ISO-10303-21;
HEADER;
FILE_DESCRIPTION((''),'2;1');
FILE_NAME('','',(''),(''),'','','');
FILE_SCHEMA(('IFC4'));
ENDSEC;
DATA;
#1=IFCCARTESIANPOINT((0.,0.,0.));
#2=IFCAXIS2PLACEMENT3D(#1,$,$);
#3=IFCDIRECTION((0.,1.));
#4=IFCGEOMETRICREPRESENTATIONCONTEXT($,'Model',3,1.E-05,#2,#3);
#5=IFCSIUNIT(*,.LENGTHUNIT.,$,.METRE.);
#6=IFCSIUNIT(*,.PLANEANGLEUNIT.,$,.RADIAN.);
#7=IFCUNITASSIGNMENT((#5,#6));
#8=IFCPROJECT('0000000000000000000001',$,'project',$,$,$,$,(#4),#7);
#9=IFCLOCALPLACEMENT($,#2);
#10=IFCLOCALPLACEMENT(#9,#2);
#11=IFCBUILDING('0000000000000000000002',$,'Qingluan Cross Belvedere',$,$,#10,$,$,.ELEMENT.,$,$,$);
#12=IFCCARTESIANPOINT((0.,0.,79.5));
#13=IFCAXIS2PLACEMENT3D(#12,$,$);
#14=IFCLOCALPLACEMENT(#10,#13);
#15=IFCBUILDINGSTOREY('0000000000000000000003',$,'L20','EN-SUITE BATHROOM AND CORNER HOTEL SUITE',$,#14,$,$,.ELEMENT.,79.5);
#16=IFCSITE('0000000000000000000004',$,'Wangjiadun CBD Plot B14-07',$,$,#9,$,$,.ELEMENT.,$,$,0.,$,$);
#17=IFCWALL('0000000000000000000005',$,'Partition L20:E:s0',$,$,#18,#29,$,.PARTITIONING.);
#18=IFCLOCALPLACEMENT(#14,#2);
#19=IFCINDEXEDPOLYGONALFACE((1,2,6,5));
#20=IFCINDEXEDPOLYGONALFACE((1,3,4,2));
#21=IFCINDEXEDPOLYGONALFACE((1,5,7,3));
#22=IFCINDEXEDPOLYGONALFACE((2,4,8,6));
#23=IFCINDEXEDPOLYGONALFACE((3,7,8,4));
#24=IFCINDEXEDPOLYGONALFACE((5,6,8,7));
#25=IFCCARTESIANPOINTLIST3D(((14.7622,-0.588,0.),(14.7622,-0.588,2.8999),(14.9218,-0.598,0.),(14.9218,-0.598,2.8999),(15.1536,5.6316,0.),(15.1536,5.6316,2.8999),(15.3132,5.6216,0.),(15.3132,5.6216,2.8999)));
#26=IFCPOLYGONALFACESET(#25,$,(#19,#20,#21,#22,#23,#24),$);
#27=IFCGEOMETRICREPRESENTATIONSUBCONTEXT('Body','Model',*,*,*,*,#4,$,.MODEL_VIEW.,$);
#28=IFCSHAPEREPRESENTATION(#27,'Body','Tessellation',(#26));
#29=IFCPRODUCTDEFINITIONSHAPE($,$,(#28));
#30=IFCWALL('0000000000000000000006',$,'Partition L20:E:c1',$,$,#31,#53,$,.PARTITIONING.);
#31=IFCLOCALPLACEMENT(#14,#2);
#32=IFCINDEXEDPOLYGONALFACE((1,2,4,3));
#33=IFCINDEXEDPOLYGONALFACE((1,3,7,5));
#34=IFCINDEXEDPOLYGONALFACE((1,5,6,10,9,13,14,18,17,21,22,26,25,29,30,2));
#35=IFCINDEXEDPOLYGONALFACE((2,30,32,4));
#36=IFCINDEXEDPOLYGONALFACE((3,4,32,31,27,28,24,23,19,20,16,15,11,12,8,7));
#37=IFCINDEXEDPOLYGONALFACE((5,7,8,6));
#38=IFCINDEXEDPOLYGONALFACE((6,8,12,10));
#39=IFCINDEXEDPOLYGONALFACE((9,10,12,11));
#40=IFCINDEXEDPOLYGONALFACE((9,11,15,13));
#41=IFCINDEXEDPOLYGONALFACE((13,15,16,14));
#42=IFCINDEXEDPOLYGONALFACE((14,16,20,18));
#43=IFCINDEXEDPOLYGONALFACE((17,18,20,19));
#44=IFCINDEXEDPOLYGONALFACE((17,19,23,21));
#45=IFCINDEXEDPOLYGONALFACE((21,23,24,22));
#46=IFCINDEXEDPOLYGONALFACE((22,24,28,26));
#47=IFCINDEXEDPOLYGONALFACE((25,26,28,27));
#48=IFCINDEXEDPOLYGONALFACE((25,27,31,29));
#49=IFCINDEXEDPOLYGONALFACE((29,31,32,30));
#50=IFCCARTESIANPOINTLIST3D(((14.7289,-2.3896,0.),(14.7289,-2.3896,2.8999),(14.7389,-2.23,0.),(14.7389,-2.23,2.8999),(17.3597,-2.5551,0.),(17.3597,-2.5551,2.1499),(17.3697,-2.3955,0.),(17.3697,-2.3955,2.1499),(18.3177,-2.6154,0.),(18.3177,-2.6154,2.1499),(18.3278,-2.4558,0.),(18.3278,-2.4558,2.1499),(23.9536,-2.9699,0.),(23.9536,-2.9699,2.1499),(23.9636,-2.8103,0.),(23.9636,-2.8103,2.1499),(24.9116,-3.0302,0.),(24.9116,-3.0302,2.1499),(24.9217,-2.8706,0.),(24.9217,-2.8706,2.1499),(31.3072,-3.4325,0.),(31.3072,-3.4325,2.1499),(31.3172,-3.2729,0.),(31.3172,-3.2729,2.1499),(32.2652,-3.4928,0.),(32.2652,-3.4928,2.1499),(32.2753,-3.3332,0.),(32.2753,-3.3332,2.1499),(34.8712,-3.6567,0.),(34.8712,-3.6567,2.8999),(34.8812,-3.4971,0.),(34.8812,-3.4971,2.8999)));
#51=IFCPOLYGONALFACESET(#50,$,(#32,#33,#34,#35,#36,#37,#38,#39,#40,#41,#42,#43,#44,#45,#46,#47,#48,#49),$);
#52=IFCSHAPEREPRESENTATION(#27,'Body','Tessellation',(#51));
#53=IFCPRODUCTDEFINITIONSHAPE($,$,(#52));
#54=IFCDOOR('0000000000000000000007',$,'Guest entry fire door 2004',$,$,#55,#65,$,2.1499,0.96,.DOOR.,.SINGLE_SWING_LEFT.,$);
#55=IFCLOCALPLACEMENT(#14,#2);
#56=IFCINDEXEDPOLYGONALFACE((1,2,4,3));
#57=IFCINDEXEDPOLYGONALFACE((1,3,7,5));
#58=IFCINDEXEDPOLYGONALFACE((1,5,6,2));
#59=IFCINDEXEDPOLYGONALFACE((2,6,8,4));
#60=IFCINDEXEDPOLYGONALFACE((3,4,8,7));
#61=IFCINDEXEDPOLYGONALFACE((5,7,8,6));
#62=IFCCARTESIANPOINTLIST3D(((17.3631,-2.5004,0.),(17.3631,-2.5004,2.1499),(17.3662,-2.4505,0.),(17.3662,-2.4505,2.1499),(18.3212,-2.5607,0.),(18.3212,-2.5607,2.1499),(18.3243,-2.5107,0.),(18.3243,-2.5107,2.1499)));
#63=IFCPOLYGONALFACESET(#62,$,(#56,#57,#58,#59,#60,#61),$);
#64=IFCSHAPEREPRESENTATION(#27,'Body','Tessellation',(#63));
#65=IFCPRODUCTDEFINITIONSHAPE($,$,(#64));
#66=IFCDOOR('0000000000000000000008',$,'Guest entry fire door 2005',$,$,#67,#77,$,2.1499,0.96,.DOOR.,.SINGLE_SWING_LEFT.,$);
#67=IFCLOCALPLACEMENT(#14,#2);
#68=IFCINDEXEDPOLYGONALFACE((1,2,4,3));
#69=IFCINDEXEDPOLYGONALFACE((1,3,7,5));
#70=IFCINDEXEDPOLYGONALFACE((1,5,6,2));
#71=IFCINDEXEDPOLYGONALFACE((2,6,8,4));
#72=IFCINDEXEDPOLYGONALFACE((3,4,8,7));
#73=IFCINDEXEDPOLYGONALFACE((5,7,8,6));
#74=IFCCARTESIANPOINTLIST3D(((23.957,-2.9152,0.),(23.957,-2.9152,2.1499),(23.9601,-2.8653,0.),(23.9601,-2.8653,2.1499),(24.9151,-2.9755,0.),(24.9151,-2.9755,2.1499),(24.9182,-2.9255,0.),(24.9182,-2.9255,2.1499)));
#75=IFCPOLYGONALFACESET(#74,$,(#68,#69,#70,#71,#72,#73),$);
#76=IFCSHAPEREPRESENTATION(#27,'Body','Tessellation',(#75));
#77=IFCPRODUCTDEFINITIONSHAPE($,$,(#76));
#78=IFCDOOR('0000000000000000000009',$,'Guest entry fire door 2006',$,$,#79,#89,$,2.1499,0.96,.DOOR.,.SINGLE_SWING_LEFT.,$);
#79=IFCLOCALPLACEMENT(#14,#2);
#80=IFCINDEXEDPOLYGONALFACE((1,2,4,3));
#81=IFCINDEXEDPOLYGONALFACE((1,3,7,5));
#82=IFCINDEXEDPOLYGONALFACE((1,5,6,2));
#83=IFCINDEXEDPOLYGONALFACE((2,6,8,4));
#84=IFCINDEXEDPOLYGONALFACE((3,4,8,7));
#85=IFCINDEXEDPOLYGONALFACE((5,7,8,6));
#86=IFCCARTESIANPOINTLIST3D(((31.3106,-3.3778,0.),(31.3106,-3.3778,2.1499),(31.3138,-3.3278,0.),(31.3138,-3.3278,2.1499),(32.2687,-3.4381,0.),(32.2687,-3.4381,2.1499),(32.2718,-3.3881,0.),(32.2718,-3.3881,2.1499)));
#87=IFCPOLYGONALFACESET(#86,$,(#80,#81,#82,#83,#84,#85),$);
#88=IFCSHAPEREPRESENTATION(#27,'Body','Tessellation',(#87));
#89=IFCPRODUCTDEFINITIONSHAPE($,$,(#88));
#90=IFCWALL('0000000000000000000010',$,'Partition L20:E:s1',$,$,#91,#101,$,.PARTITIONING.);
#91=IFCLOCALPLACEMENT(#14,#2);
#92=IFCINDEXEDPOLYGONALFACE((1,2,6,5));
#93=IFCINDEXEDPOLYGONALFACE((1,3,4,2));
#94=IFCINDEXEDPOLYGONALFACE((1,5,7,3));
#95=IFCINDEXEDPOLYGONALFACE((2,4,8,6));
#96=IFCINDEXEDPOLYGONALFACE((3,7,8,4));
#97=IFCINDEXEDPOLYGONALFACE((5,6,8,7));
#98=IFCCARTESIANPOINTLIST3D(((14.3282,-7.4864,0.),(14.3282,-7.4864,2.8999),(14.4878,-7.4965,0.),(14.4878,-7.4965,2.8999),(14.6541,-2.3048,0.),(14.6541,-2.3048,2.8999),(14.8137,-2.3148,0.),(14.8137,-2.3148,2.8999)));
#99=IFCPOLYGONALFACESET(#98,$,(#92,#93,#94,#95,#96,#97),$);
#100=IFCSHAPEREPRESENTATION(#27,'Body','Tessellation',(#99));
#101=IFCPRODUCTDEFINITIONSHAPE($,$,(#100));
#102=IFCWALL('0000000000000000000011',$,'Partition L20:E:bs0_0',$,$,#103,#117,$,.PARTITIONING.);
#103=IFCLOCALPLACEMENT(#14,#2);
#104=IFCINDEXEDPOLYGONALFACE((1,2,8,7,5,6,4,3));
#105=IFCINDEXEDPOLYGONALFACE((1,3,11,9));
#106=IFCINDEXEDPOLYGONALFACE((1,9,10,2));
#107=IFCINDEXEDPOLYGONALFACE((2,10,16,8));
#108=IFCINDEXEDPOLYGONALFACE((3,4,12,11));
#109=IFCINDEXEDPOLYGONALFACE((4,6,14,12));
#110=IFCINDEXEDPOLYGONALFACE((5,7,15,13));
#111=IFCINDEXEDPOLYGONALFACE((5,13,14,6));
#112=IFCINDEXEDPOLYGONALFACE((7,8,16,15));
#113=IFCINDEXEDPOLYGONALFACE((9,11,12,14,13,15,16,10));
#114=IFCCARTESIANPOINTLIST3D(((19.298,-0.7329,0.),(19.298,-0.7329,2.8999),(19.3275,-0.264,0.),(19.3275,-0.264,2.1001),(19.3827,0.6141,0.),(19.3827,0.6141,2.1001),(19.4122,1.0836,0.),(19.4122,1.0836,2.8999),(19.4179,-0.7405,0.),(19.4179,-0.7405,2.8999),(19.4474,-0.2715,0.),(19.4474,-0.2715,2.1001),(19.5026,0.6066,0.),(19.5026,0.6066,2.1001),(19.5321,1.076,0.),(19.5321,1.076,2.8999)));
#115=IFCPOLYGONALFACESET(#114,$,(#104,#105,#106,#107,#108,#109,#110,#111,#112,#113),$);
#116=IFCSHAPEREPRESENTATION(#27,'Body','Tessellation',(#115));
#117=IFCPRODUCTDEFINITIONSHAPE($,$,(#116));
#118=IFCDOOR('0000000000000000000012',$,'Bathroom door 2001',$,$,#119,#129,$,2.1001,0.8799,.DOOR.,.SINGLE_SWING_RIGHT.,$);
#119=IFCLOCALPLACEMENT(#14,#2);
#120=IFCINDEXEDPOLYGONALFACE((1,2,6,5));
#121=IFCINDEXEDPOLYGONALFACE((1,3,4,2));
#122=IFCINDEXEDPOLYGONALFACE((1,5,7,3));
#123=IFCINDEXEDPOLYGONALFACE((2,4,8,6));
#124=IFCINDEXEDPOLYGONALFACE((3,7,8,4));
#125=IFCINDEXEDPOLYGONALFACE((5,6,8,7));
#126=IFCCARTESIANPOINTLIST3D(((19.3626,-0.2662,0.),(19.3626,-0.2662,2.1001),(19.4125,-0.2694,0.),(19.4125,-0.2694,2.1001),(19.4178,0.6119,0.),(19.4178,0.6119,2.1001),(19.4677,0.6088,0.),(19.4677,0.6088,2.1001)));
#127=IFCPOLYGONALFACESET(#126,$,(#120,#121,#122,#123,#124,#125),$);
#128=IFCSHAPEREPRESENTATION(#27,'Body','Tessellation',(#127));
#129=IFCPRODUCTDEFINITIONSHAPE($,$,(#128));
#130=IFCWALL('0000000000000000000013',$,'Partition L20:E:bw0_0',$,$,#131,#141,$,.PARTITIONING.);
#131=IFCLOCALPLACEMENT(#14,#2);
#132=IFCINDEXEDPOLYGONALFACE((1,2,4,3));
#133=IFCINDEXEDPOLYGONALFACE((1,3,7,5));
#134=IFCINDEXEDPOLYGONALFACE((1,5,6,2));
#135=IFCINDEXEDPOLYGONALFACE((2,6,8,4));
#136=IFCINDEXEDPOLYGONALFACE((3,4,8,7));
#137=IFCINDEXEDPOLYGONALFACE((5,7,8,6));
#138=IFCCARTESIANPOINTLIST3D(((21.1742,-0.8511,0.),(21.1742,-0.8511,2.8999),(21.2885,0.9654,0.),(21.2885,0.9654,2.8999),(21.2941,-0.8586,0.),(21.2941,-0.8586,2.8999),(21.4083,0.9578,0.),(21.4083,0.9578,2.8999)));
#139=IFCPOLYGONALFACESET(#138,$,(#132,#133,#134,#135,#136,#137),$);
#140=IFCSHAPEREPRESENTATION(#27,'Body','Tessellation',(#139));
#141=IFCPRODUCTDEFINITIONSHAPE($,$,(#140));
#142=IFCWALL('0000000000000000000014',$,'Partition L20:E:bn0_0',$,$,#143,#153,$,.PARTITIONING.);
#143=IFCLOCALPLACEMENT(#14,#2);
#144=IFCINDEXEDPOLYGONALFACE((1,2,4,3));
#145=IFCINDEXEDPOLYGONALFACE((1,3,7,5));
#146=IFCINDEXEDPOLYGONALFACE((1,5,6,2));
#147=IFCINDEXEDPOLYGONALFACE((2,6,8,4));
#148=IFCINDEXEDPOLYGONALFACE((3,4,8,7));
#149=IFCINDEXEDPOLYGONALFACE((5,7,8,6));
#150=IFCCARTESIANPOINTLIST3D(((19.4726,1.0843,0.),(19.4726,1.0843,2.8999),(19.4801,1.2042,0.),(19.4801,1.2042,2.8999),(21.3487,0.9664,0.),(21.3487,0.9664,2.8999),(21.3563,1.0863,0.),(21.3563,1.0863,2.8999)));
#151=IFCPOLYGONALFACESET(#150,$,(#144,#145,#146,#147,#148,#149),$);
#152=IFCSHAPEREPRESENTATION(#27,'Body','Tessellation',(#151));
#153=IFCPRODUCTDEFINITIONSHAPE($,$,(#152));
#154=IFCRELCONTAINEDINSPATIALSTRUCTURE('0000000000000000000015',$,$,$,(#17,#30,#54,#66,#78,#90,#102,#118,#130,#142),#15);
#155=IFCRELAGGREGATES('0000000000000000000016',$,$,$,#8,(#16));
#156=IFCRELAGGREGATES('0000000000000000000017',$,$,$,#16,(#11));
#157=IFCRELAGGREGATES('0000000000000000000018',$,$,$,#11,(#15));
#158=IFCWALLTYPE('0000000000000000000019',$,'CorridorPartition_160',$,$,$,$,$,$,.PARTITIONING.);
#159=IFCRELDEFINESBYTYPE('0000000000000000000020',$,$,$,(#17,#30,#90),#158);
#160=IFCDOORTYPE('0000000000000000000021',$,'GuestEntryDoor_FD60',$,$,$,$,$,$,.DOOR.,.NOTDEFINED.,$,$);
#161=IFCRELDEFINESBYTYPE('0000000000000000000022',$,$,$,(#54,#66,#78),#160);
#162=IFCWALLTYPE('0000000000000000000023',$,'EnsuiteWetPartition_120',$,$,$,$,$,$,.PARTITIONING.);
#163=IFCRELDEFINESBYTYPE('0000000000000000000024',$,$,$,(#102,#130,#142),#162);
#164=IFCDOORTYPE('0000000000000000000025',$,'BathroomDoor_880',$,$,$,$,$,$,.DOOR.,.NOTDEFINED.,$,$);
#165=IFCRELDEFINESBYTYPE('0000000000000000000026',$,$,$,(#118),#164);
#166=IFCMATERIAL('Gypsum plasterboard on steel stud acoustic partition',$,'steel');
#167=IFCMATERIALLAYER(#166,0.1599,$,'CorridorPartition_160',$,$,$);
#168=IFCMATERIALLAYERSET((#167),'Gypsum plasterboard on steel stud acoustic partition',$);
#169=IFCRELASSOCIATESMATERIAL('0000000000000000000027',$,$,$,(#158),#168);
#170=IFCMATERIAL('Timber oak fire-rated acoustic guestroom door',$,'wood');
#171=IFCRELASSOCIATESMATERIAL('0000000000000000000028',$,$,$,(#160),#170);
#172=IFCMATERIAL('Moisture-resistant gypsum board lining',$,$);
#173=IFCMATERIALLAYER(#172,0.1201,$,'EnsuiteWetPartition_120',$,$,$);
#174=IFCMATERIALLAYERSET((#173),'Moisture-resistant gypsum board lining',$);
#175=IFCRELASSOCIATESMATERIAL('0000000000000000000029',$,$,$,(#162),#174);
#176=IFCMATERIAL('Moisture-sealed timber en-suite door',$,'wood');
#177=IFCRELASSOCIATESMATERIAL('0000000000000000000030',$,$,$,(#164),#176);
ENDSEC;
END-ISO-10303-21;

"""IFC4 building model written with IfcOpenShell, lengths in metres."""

from ifc_helpers import new_model, si_unit, direction, frame, frame_2d, origin, place, context, subcontext, project, spatial, rectangle, extrude, material, layer, layer_set, type_object, element, fill, save


model = new_model("IFC4")

# Units and contexts
model_context = context("Model", 3, precision=1e-05, world=origin(), true_north=direction((0.0, 1.0)))
body_context = subcontext(model_context, "Body", "Model", "MODEL_VIEW")
ifc_project = project(units=[si_unit("LENGTHUNIT", "METRE"), si_unit("PLANEANGLEUNIT", "RADIAN")], contexts=[model_context])

# Site, building, storey
site_placement = place(None, origin())
site = spatial("IfcSite", under=ifc_project, at=site_placement, Name="Wangjiadun CBD Plot B14-07", CompositionType="ELEMENT", RefElevation=0.0)
building_placement = place(site_placement, origin())
building = spatial("IfcBuilding", under=site, at=building_placement, Name="Qingluan Cross Belvedere", CompositionType="ELEMENT")
storey_placement = place(building_placement, frame((0.0, 0.0, 79.5)))
storey = spatial("IfcBuildingStorey", under=building, at=storey_placement, Name="L20", Description="EN-SUITE BATHROOM AND CORNER HOTEL SUITE", CompositionType="ELEMENT", Elevation=79.5)

# Shared definitions
ifc_material_1 = material(Name="Gypsum plasterboard on steel stud acoustic partition", Category="steel")
ifc_layer_1 = layer(ifc_material_1, 0.1599, Name="CorridorPartition_160")
ifc_layer_set_1 = layer_set([ifc_layer_1], Name="Gypsum plasterboard on steel stud acoustic partition")
wall_type_1 = type_object("IfcWallType", Name="CorridorPartition_160", PredefinedType="PARTITIONING", material=ifc_layer_set_1)
ifc_material_2 = material(Name="Timber oak fire-rated acoustic guestroom door", Category="wood")
door_type_1 = type_object("IfcDoorType", Name="GuestEntryDoor_FD60", OperationType="NOTDEFINED", PredefinedType="DOOR", material=ifc_material_2)

# Wall
wall_1_placement = place(storey_placement, frame((14.842, -0.593, 0.0), z_axis=(0.0, 0.0, 1.0), x_axis=(0.062798, 0.998026, 0.0)))
element("IfcWall", 1, at=wall_1_placement, inside=storey, type_object=wall_type_1, Name="Partition L20:E:s0", PredefinedType="PARTITIONING", context=body_context, shape_type="SweptSolid", body=[
    extrude(rectangle(XDim=6.2319, YDim=0.1599, at=frame_2d((3.116, 0.0))), origin(), (0.0, 0.0, 1.0), 2.8999),
])

# Wall, openings, doors
wall_2_placement = place(storey_placement, frame((14.7339, -2.3098, 0.0), z_axis=(0.0, 0.0, 1.0), x_axis=(0.998027, -0.062783, 0.0)))
wall_2 = element("IfcWall", 2, at=wall_2_placement, inside=storey, type_object=wall_type_1, Name="Partition L20:E:c1", PredefinedType="PARTITIONING", context=body_context, shape_type="SweptSolid", body=[
    extrude(rectangle(XDim=20.1821, YDim=0.1599, at=frame_2d((10.0911, 0.0))), origin(), (0.0, 0.0, 1.0), 2.8999),
])
opening_1_placement = place(wall_2_placement, frame((2.636, 0.0, 0.0)))
opening_1 = element("IfcOpeningElement", 3, at=opening_1_placement, cuts=wall_2, PredefinedType="OPENING", context=body_context, shape_type="SweptSolid", body=[
    extrude(rectangle(XDim=0.96, YDim=2.1499, at=frame_2d((0.48, 1.075))), frame((0.0, 0.0898, 0.0), z_axis=(0.0, -1.0, 0.0), x_axis=(1.0, 0.0, 0.0)), (0.0, 0.0, 1.0), 0.1799),
])
opening_2_placement = place(wall_2_placement, frame((9.2429, 0.0, 0.0)))
opening_2 = element("IfcOpeningElement", 4, at=opening_2_placement, cuts=wall_2, PredefinedType="OPENING", context=body_context, shape_type="SweptSolid", body=[
    extrude(rectangle(XDim=0.96, YDim=2.1499, at=frame_2d((0.48, 1.075))), frame((0.0, 0.0898, 0.0), z_axis=(0.0, -1.0, 0.0), x_axis=(1.0, 0.0, 0.0)), (0.0, 0.0, 1.0), 0.1799),
])
opening_3_placement = place(wall_2_placement, frame((16.6111, 0.0, 0.0)))
opening_3 = element("IfcOpeningElement", 5, at=opening_3_placement, cuts=wall_2, PredefinedType="OPENING", context=body_context, shape_type="SweptSolid", body=[
    extrude(rectangle(XDim=0.96, YDim=2.1499, at=frame_2d((0.48, 1.075))), frame((0.0, 0.0898, 0.0), z_axis=(0.0, -1.0, 0.0), x_axis=(1.0, 0.0, 0.0)), (0.0, 0.0, 1.0), 0.1799),
])
door_1_placement = place(opening_1_placement, origin())
door_1 = element("IfcDoor", 6, at=door_1_placement, inside=storey, type_object=door_type_1, Name="Guest entry fire door 2004", OperationType="SINGLE_SWING_LEFT", OverallHeight=2.1499, OverallWidth=0.96, PredefinedType="DOOR", context=body_context, shape_type="SweptSolid", body=[
    extrude(rectangle(XDim=0.96, YDim=2.1499, at=frame_2d((0.48, 1.075))), frame((0.0, 0.0249, 0.0), z_axis=(0.0, -1.0, 0.0), x_axis=(1.0, 0.0, 0.0)), (0.0, 0.0, 1.0), 0.05),
])
fill(opening_1, door_1)
door_2_placement = place(opening_2_placement, origin())
door_2 = element("IfcDoor", 7, at=door_2_placement, inside=storey, type_object=door_type_1, Name="Guest entry fire door 2005", OperationType="SINGLE_SWING_LEFT", OverallHeight=2.1499, OverallWidth=0.96, PredefinedType="DOOR", context=body_context, shape_type="SweptSolid", body=[
    extrude(rectangle(XDim=0.96, YDim=2.1499, at=frame_2d((0.48, 1.075))), frame((0.0, 0.0249, 0.0), z_axis=(0.0, -1.0, 0.0), x_axis=(1.0, 0.0, 0.0)), (0.0, 0.0, 1.0), 0.05),
])
fill(opening_2, door_2)
door_3_placement = place(opening_3_placement, origin())
door_3 = element("IfcDoor", 8, at=door_3_placement, inside=storey, type_object=door_type_1, Name="Guest entry fire door 2006", OperationType="SINGLE_SWING_LEFT", OverallHeight=2.1499, OverallWidth=0.96, PredefinedType="DOOR", context=body_context, shape_type="SweptSolid", body=[
    extrude(rectangle(XDim=0.96, YDim=2.1499, at=frame_2d((0.48, 1.075))), frame((0.0, 0.0249, 0.0), z_axis=(0.0, -1.0, 0.0), x_axis=(1.0, 0.0, 0.0)), (0.0, 0.0, 1.0), 0.05),
])
fill(opening_3, door_3)

# Wall
wall_3_placement = place(storey_placement, frame((14.7339, -2.3098, 0.0), z_axis=(0.0, 0.0, 1.0), x_axis=(-0.062776, -0.998028, 0.0)))
element("IfcWall", 9, at=wall_3_placement, inside=storey, type_object=wall_type_1, Name="Partition L20:E:s1", PredefinedType="PARTITIONING", context=body_context, shape_type="SweptSolid", body=[
    extrude(rectangle(XDim=5.1919, YDim=0.1599, at=frame_2d((2.5959, 0.0))), origin(), (0.0, 0.0, 1.0), 2.8999),
])

# Wall, opening, door
ifc_material_3 = material(Name="Moisture-resistant gypsum board lining")
ifc_layer_2 = layer(ifc_material_3, 0.1201, Name="EnsuiteWetPartition_120")
ifc_layer_set_2 = layer_set([ifc_layer_2], Name="Moisture-resistant gypsum board lining")
wall_type_2 = type_object("IfcWallType", Name="EnsuiteWetPartition_120", PredefinedType="PARTITIONING", material=ifc_layer_set_2)
wall_4_placement = place(storey_placement, frame((19.3579, -0.7368, 0.0), z_axis=(0.0, 0.0, 1.0), x_axis=(0.062779, 0.998027, 0.0)))
wall_4 = element("IfcWall", 10, at=wall_4_placement, inside=storey, type_object=wall_type_2, Name="Partition L20:E:bs0_0", PredefinedType="PARTITIONING", context=body_context, shape_type="SweptSolid", body=[
    extrude(rectangle(XDim=1.8201, YDim=0.1201, at=frame_2d((0.9102, 0.0))), origin(), (0.0, 0.0, 1.0), 2.8999),
])
opening_4_placement = place(wall_4_placement, frame((0.47, 0.0, 0.0)))
opening_4 = element("IfcOpeningElement", 11, at=opening_4_placement, cuts=wall_4, PredefinedType="OPENING", context=body_context, shape_type="SweptSolid", body=[
    extrude(rectangle(XDim=0.8799, YDim=2.1001, at=frame_2d((0.4399, 1.05))), frame((0.0, 0.0701, 0.0), z_axis=(0.0, -1.0, 0.0), x_axis=(1.0, 0.0, 0.0)), (0.0, 0.0, 1.0), 0.1401),
])
ifc_material_4 = material(Name="Moisture-sealed timber en-suite door", Category="wood")
door_type_2 = type_object("IfcDoorType", Name="BathroomDoor_880", OperationType="NOTDEFINED", PredefinedType="DOOR", material=ifc_material_4)
door_4_placement = place(opening_4_placement, origin())
door_4 = element("IfcDoor", 12, at=door_4_placement, inside=storey, type_object=door_type_2, Name="Bathroom door 2001", OperationType="SINGLE_SWING_RIGHT", OverallHeight=2.1001, OverallWidth=0.8799, PredefinedType="DOOR", context=body_context, shape_type="SweptSolid", body=[
    extrude(rectangle(XDim=0.8799, YDim=2.1001, at=frame_2d((0.4399, 1.05))), frame((0.0, 0.0249, 0.0), z_axis=(0.0, -1.0, 0.0), x_axis=(1.0, 0.0, 0.0)), (0.0, 0.0, 1.0), 0.05),
])
fill(opening_4, door_4)

# Walls
wall_5_placement = place(storey_placement, frame((21.2341, -0.855, 0.0), z_axis=(0.0, 0.0, 1.0), x_axis=(0.062779, 0.998027, 0.0)))
element("IfcWall", 13, at=wall_5_placement, inside=storey, type_object=wall_type_2, Name="Partition L20:E:bw0_0", PredefinedType="PARTITIONING", context=body_context, shape_type="SweptSolid", body=[
    extrude(rectangle(XDim=1.8201, YDim=0.1201, at=frame_2d((0.9102, 0.0))), origin(), (0.0, 0.0, 1.0), 2.8999),
])
wall_6_placement = place(storey_placement, frame((19.4763, 1.1443, 0.0), z_axis=(0.0, 0.0, 1.0), x_axis=(0.998031, -0.062726, 0.0)))
element("IfcWall", 14, at=wall_6_placement, inside=storey, type_object=wall_type_2, Name="Partition L20:E:bn0_0", PredefinedType="PARTITIONING", context=body_context, shape_type="SweptSolid", body=[
    extrude(rectangle(XDim=1.8799, YDim=0.1201, at=frame_2d((0.9399, 0.0))), origin(), (0.0, 0.0, 1.0), 2.8999),
])

save(model, "model.ifc")
